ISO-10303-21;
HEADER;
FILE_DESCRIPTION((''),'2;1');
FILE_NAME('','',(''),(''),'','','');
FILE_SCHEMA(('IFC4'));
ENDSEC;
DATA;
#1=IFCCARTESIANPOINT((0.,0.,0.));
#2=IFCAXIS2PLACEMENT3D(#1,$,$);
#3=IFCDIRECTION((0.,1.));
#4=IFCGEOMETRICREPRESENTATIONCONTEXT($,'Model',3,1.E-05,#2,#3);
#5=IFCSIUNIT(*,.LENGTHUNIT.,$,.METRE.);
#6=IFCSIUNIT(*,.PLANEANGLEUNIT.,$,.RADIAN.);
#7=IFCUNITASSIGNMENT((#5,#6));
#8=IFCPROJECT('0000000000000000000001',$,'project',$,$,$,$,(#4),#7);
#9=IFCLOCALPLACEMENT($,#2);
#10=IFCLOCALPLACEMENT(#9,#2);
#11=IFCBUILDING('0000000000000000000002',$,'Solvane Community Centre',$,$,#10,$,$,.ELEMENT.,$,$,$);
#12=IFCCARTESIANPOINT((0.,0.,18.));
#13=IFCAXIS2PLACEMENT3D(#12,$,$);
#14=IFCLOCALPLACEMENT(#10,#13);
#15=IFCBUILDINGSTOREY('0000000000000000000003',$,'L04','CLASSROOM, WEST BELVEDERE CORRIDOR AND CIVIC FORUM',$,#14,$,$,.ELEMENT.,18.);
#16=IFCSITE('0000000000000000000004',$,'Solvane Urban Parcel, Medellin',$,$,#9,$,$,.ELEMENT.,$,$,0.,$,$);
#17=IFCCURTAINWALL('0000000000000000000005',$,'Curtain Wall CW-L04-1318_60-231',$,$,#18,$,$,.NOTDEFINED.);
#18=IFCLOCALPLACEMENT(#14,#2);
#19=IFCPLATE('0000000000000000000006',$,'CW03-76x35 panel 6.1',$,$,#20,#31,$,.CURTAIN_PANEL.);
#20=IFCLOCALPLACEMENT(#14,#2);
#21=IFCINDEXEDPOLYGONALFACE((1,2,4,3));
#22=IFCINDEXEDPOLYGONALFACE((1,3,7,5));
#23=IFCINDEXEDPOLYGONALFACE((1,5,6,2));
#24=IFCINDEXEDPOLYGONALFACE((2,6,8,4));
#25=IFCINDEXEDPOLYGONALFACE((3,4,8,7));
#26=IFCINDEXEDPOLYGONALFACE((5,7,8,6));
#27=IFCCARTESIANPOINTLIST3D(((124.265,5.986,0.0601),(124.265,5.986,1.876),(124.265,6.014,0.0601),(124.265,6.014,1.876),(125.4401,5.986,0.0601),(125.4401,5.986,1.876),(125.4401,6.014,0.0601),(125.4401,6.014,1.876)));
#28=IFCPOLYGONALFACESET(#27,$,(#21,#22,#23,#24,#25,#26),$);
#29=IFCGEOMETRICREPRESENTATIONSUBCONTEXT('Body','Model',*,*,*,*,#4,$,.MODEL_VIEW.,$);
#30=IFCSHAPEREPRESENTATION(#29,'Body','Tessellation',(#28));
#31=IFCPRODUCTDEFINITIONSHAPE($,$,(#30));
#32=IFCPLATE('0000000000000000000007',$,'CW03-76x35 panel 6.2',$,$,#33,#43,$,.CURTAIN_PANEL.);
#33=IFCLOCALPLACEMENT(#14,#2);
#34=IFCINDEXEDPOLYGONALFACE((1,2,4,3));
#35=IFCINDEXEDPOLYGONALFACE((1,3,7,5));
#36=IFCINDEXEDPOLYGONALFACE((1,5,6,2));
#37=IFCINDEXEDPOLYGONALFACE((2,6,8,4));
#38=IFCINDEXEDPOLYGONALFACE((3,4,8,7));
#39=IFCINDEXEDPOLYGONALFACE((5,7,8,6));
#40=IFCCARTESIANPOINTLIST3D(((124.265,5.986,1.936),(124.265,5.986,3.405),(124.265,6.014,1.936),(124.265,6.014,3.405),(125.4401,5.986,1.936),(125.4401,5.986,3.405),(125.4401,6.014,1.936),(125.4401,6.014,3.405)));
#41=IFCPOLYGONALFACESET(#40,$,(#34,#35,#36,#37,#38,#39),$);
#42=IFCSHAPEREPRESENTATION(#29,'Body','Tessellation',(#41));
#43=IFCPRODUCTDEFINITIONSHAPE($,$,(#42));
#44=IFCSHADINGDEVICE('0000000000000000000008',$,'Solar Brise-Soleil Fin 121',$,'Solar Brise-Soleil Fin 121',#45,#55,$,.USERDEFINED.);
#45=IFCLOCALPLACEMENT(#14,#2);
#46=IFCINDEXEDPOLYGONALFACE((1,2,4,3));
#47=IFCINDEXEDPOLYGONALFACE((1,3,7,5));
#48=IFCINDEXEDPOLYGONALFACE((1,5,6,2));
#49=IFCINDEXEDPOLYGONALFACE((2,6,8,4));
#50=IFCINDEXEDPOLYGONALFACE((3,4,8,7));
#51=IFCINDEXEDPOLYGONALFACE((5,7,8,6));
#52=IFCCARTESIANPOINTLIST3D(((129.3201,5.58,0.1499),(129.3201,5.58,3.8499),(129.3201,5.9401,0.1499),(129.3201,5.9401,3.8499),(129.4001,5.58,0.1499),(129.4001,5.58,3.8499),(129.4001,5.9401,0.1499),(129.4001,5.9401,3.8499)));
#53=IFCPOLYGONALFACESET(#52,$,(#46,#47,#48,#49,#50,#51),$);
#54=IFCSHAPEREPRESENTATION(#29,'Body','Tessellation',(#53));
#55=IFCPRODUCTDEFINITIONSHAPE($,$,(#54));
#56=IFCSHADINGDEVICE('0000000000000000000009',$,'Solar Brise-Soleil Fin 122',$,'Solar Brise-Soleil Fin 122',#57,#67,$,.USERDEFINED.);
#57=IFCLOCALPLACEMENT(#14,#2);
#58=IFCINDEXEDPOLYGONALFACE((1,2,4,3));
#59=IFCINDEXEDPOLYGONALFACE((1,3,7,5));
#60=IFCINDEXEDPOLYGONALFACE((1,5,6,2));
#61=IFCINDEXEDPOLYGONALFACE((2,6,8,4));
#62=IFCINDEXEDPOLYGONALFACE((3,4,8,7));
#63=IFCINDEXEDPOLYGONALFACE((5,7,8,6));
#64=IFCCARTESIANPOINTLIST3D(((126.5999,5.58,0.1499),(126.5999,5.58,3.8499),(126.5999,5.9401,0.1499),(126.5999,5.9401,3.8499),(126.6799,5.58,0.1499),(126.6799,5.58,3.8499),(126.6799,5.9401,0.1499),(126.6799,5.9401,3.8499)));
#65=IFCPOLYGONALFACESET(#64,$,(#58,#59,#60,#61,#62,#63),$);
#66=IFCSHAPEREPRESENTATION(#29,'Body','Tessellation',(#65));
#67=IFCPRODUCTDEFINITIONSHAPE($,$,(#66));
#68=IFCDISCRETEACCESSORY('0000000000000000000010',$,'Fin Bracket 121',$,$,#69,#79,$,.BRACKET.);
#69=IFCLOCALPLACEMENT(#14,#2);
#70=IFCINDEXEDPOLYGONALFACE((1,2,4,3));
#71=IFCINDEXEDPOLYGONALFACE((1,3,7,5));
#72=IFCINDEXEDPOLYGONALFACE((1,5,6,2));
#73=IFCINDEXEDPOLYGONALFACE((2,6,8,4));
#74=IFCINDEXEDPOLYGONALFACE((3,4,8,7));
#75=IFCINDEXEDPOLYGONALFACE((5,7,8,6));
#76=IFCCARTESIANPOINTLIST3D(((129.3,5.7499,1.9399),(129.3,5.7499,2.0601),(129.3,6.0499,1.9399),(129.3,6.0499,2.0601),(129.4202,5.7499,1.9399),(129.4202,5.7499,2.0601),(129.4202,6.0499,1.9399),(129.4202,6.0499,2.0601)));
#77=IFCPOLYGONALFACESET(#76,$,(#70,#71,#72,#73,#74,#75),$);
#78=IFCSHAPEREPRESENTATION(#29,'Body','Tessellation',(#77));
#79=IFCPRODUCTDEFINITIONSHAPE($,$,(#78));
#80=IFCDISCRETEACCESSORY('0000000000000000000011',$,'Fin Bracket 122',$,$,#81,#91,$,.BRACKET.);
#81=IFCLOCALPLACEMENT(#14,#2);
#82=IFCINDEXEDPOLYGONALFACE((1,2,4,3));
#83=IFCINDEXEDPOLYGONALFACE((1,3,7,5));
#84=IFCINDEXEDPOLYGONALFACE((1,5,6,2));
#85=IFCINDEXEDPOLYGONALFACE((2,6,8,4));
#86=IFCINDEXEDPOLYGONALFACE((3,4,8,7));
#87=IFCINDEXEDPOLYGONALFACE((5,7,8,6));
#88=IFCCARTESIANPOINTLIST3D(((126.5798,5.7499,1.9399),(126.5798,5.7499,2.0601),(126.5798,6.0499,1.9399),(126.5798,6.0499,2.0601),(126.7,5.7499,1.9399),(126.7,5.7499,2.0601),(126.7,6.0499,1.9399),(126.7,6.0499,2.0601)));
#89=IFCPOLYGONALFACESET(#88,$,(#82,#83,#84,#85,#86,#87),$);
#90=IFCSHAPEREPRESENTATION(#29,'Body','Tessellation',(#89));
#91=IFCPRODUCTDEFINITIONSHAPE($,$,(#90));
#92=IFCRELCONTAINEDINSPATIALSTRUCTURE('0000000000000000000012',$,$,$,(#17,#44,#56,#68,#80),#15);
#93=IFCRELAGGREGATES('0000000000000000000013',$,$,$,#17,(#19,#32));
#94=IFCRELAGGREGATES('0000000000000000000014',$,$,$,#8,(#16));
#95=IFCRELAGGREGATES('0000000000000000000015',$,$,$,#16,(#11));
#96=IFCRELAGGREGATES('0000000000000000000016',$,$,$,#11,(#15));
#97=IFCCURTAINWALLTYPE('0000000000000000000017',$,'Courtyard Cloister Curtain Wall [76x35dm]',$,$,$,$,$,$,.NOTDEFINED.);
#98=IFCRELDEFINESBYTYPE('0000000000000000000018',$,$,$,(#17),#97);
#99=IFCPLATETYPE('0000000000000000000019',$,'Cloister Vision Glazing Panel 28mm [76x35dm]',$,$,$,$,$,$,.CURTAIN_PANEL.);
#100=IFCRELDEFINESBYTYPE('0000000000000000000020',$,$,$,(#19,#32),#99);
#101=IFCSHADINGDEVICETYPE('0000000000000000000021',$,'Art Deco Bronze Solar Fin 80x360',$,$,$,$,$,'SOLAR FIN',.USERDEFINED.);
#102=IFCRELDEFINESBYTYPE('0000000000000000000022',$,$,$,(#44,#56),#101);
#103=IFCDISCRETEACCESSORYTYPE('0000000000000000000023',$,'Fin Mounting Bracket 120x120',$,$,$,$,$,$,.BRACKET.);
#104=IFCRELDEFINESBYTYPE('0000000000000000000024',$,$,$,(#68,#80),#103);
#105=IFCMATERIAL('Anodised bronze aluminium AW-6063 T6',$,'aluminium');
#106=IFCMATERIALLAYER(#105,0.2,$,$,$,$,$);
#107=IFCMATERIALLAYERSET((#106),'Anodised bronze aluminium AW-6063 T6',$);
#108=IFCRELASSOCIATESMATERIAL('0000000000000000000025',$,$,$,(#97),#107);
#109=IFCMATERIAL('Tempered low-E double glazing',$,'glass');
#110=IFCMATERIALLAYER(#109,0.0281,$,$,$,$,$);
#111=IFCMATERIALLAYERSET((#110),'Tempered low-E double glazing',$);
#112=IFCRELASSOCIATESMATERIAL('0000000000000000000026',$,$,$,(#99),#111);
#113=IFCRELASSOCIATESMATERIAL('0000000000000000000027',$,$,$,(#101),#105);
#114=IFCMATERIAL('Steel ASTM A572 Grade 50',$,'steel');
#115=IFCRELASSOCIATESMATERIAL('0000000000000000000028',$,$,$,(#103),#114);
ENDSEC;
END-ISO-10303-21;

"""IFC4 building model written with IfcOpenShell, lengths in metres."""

from ifc_helpers import new_model, si_unit, direction, frame, origin, origin_2d, place, context, subcontext, project, spatial, rectangle, extrude, material, layer, layer_set, type_object, element, aggregate, save


model = new_model("IFC4")

# Units and contexts
model_context = context("Model", 3, precision=1e-05, world=origin(), true_north=direction((0.0, 1.0)))
body_context = subcontext(model_context, "Body", "Model", "MODEL_VIEW")
ifc_project = project(units=[si_unit("LENGTHUNIT", "METRE"), si_unit("PLANEANGLEUNIT", "RADIAN")], contexts=[model_context])

# Site, building, storey
site_placement = place(None, origin())
site = spatial("IfcSite", under=ifc_project, at=site_placement, Name="Solvane Urban Parcel, Medellin", CompositionType="ELEMENT", RefElevation=0.0)
building_placement = place(site_placement, origin())
building = spatial("IfcBuilding", under=site, at=building_placement, Name="Solvane Community Centre", CompositionType="ELEMENT")
storey_placement = place(building_placement, frame((0.0, 0.0, 18.0)))
storey = spatial("IfcBuildingStorey", under=building, at=storey_placement, Name="L04", Description="CLASSROOM, WEST BELVEDERE CORRIDOR AND CIVIC FORUM", CompositionType="ELEMENT", Elevation=18.0)

# Curtain wall
ifc_material_1 = material(Name="Anodised bronze aluminium AW-6063 T6", Category="aluminium")
ifc_layer_1 = layer(ifc_material_1, 0.2)
ifc_layer_set_1 = layer_set([ifc_layer_1], Name="Anodised bronze aluminium AW-6063 T6")
curtain_wall_type = type_object("IfcCurtainWallType", Name="Courtyard Cloister Curtain Wall [76x35dm]", PredefinedType="NOTDEFINED", material=ifc_layer_set_1)
curtain_wall_placement = place(storey_placement, origin())
curtain_wall = element("IfcCurtainWall", 1, at=curtain_wall_placement, inside=storey, type_object=curtain_wall_type, Name="Curtain Wall CW-L04-1318_60-231", PredefinedType="NOTDEFINED")

# Plates
ifc_material_2 = material(Name="Tempered low-E double glazing", Category="glass")
ifc_layer_2 = layer(ifc_material_2, 0.0281)
ifc_layer_set_2 = layer_set([ifc_layer_2], Name="Tempered low-E double glazing")
plate_type = type_object("IfcPlateType", Name="Cloister Vision Glazing Panel 28mm [76x35dm]", PredefinedType="CURTAIN_PANEL", material=ifc_layer_set_2)
plate_1_placement = place(storey_placement, frame((124.8525, 6.0, 0.0601), z_axis=(0.0, 0.0, 1.0), x_axis=(-1.0, 0.0, 0.0)))
plate_1 = element("IfcPlate", 2, at=plate_1_placement, type_object=plate_type, Name="CW03-76x35 panel 6.1", PredefinedType="CURTAIN_PANEL", context=body_context, shape_type="SweptSolid", body=[
    extrude(rectangle(XDim=1.175, YDim=0.0281, at=origin_2d()), origin(), (0.0, 0.0, 1.0), 1.8159),
])
plate_2_placement = place(storey_placement, frame((124.8525, 6.0, 1.936), z_axis=(0.0, 0.0, 1.0), x_axis=(-1.0, 0.0, 0.0)))
plate_2 = element("IfcPlate", 3, at=plate_2_placement, type_object=plate_type, Name="CW03-76x35 panel 6.2", PredefinedType="CURTAIN_PANEL", context=body_context, shape_type="SweptSolid", body=[
    extrude(rectangle(XDim=1.175, YDim=0.0281, at=origin_2d()), origin(), (0.0, 0.0, 1.0), 1.469),
])
aggregate(curtain_wall, [plate_1, plate_2])

# Shading devices
shading_device_type = type_object("IfcShadingDeviceType", Name="Art Deco Bronze Solar Fin 80x360", ElementType="SOLAR FIN", PredefinedType="USERDEFINED", material=ifc_material_1)
shading_device_1_placement = place(storey_placement, frame((129.3601, 5.76, 0.1499), z_axis=(0.0, 0.0, 1.0), x_axis=(-1.0, 0.0, 0.0)))
element("IfcShadingDevice", 4, at=shading_device_1_placement, inside=storey, type_object=shading_device_type, Name="Solar Brise-Soleil Fin 121", ObjectType="Solar Brise-Soleil Fin 121", PredefinedType="USERDEFINED", context=body_context, shape_type="SweptSolid", body=[
    extrude(rectangle(XDim=0.0801, YDim=0.3601, at=origin_2d()), origin(), (0.0, 0.0, 1.0), 3.7),
])
shading_device_2_placement = place(storey_placement, frame((126.6399, 5.76, 0.1499), z_axis=(0.0, 0.0, 1.0), x_axis=(-1.0, 0.0, 0.0)))
element("IfcShadingDevice", 5, at=shading_device_2_placement, inside=storey, type_object=shading_device_type, Name="Solar Brise-Soleil Fin 122", ObjectType="Solar Brise-Soleil Fin 122", PredefinedType="USERDEFINED", context=body_context, shape_type="SweptSolid", body=[
    extrude(rectangle(XDim=0.0801, YDim=0.3601, at=origin_2d()), origin(), (0.0, 0.0, 1.0), 3.7),
])

# Discrete accessories
ifc_material_3 = material(Name="Steel ASTM A572 Grade 50", Category="steel")
discrete_accessory_type = type_object("IfcDiscreteAccessoryType", Name="Fin Mounting Bracket 120x120", PredefinedType="BRACKET", material=ifc_material_3)
for number, where, z_axis, x_axis, name in (
    (6, (129.3601, 5.8999, 1.9399), (0.0, 0.0, 1.0), (-1.0, 0.0, 0.0), "Fin Bracket 121"),
    (7, (126.6399, 5.8999, 1.9399), (0.0, 0.0, 1.0), (-1.0, 0.0, 0.0), "Fin Bracket 122"),
):
    element("IfcDiscreteAccessory", number, at=place(storey_placement, frame(where, z_axis=z_axis, x_axis=x_axis)), inside=storey, type_object=discrete_accessory_type, Name=name, PredefinedType="BRACKET", context=body_context, shape_type="SweptSolid", body=[
        extrude(rectangle(XDim=0.1201, YDim=0.3, at=origin_2d()), origin(), (0.0, 0.0, 1.0), 0.1201),
    ])

save(model, "model.ifc")
